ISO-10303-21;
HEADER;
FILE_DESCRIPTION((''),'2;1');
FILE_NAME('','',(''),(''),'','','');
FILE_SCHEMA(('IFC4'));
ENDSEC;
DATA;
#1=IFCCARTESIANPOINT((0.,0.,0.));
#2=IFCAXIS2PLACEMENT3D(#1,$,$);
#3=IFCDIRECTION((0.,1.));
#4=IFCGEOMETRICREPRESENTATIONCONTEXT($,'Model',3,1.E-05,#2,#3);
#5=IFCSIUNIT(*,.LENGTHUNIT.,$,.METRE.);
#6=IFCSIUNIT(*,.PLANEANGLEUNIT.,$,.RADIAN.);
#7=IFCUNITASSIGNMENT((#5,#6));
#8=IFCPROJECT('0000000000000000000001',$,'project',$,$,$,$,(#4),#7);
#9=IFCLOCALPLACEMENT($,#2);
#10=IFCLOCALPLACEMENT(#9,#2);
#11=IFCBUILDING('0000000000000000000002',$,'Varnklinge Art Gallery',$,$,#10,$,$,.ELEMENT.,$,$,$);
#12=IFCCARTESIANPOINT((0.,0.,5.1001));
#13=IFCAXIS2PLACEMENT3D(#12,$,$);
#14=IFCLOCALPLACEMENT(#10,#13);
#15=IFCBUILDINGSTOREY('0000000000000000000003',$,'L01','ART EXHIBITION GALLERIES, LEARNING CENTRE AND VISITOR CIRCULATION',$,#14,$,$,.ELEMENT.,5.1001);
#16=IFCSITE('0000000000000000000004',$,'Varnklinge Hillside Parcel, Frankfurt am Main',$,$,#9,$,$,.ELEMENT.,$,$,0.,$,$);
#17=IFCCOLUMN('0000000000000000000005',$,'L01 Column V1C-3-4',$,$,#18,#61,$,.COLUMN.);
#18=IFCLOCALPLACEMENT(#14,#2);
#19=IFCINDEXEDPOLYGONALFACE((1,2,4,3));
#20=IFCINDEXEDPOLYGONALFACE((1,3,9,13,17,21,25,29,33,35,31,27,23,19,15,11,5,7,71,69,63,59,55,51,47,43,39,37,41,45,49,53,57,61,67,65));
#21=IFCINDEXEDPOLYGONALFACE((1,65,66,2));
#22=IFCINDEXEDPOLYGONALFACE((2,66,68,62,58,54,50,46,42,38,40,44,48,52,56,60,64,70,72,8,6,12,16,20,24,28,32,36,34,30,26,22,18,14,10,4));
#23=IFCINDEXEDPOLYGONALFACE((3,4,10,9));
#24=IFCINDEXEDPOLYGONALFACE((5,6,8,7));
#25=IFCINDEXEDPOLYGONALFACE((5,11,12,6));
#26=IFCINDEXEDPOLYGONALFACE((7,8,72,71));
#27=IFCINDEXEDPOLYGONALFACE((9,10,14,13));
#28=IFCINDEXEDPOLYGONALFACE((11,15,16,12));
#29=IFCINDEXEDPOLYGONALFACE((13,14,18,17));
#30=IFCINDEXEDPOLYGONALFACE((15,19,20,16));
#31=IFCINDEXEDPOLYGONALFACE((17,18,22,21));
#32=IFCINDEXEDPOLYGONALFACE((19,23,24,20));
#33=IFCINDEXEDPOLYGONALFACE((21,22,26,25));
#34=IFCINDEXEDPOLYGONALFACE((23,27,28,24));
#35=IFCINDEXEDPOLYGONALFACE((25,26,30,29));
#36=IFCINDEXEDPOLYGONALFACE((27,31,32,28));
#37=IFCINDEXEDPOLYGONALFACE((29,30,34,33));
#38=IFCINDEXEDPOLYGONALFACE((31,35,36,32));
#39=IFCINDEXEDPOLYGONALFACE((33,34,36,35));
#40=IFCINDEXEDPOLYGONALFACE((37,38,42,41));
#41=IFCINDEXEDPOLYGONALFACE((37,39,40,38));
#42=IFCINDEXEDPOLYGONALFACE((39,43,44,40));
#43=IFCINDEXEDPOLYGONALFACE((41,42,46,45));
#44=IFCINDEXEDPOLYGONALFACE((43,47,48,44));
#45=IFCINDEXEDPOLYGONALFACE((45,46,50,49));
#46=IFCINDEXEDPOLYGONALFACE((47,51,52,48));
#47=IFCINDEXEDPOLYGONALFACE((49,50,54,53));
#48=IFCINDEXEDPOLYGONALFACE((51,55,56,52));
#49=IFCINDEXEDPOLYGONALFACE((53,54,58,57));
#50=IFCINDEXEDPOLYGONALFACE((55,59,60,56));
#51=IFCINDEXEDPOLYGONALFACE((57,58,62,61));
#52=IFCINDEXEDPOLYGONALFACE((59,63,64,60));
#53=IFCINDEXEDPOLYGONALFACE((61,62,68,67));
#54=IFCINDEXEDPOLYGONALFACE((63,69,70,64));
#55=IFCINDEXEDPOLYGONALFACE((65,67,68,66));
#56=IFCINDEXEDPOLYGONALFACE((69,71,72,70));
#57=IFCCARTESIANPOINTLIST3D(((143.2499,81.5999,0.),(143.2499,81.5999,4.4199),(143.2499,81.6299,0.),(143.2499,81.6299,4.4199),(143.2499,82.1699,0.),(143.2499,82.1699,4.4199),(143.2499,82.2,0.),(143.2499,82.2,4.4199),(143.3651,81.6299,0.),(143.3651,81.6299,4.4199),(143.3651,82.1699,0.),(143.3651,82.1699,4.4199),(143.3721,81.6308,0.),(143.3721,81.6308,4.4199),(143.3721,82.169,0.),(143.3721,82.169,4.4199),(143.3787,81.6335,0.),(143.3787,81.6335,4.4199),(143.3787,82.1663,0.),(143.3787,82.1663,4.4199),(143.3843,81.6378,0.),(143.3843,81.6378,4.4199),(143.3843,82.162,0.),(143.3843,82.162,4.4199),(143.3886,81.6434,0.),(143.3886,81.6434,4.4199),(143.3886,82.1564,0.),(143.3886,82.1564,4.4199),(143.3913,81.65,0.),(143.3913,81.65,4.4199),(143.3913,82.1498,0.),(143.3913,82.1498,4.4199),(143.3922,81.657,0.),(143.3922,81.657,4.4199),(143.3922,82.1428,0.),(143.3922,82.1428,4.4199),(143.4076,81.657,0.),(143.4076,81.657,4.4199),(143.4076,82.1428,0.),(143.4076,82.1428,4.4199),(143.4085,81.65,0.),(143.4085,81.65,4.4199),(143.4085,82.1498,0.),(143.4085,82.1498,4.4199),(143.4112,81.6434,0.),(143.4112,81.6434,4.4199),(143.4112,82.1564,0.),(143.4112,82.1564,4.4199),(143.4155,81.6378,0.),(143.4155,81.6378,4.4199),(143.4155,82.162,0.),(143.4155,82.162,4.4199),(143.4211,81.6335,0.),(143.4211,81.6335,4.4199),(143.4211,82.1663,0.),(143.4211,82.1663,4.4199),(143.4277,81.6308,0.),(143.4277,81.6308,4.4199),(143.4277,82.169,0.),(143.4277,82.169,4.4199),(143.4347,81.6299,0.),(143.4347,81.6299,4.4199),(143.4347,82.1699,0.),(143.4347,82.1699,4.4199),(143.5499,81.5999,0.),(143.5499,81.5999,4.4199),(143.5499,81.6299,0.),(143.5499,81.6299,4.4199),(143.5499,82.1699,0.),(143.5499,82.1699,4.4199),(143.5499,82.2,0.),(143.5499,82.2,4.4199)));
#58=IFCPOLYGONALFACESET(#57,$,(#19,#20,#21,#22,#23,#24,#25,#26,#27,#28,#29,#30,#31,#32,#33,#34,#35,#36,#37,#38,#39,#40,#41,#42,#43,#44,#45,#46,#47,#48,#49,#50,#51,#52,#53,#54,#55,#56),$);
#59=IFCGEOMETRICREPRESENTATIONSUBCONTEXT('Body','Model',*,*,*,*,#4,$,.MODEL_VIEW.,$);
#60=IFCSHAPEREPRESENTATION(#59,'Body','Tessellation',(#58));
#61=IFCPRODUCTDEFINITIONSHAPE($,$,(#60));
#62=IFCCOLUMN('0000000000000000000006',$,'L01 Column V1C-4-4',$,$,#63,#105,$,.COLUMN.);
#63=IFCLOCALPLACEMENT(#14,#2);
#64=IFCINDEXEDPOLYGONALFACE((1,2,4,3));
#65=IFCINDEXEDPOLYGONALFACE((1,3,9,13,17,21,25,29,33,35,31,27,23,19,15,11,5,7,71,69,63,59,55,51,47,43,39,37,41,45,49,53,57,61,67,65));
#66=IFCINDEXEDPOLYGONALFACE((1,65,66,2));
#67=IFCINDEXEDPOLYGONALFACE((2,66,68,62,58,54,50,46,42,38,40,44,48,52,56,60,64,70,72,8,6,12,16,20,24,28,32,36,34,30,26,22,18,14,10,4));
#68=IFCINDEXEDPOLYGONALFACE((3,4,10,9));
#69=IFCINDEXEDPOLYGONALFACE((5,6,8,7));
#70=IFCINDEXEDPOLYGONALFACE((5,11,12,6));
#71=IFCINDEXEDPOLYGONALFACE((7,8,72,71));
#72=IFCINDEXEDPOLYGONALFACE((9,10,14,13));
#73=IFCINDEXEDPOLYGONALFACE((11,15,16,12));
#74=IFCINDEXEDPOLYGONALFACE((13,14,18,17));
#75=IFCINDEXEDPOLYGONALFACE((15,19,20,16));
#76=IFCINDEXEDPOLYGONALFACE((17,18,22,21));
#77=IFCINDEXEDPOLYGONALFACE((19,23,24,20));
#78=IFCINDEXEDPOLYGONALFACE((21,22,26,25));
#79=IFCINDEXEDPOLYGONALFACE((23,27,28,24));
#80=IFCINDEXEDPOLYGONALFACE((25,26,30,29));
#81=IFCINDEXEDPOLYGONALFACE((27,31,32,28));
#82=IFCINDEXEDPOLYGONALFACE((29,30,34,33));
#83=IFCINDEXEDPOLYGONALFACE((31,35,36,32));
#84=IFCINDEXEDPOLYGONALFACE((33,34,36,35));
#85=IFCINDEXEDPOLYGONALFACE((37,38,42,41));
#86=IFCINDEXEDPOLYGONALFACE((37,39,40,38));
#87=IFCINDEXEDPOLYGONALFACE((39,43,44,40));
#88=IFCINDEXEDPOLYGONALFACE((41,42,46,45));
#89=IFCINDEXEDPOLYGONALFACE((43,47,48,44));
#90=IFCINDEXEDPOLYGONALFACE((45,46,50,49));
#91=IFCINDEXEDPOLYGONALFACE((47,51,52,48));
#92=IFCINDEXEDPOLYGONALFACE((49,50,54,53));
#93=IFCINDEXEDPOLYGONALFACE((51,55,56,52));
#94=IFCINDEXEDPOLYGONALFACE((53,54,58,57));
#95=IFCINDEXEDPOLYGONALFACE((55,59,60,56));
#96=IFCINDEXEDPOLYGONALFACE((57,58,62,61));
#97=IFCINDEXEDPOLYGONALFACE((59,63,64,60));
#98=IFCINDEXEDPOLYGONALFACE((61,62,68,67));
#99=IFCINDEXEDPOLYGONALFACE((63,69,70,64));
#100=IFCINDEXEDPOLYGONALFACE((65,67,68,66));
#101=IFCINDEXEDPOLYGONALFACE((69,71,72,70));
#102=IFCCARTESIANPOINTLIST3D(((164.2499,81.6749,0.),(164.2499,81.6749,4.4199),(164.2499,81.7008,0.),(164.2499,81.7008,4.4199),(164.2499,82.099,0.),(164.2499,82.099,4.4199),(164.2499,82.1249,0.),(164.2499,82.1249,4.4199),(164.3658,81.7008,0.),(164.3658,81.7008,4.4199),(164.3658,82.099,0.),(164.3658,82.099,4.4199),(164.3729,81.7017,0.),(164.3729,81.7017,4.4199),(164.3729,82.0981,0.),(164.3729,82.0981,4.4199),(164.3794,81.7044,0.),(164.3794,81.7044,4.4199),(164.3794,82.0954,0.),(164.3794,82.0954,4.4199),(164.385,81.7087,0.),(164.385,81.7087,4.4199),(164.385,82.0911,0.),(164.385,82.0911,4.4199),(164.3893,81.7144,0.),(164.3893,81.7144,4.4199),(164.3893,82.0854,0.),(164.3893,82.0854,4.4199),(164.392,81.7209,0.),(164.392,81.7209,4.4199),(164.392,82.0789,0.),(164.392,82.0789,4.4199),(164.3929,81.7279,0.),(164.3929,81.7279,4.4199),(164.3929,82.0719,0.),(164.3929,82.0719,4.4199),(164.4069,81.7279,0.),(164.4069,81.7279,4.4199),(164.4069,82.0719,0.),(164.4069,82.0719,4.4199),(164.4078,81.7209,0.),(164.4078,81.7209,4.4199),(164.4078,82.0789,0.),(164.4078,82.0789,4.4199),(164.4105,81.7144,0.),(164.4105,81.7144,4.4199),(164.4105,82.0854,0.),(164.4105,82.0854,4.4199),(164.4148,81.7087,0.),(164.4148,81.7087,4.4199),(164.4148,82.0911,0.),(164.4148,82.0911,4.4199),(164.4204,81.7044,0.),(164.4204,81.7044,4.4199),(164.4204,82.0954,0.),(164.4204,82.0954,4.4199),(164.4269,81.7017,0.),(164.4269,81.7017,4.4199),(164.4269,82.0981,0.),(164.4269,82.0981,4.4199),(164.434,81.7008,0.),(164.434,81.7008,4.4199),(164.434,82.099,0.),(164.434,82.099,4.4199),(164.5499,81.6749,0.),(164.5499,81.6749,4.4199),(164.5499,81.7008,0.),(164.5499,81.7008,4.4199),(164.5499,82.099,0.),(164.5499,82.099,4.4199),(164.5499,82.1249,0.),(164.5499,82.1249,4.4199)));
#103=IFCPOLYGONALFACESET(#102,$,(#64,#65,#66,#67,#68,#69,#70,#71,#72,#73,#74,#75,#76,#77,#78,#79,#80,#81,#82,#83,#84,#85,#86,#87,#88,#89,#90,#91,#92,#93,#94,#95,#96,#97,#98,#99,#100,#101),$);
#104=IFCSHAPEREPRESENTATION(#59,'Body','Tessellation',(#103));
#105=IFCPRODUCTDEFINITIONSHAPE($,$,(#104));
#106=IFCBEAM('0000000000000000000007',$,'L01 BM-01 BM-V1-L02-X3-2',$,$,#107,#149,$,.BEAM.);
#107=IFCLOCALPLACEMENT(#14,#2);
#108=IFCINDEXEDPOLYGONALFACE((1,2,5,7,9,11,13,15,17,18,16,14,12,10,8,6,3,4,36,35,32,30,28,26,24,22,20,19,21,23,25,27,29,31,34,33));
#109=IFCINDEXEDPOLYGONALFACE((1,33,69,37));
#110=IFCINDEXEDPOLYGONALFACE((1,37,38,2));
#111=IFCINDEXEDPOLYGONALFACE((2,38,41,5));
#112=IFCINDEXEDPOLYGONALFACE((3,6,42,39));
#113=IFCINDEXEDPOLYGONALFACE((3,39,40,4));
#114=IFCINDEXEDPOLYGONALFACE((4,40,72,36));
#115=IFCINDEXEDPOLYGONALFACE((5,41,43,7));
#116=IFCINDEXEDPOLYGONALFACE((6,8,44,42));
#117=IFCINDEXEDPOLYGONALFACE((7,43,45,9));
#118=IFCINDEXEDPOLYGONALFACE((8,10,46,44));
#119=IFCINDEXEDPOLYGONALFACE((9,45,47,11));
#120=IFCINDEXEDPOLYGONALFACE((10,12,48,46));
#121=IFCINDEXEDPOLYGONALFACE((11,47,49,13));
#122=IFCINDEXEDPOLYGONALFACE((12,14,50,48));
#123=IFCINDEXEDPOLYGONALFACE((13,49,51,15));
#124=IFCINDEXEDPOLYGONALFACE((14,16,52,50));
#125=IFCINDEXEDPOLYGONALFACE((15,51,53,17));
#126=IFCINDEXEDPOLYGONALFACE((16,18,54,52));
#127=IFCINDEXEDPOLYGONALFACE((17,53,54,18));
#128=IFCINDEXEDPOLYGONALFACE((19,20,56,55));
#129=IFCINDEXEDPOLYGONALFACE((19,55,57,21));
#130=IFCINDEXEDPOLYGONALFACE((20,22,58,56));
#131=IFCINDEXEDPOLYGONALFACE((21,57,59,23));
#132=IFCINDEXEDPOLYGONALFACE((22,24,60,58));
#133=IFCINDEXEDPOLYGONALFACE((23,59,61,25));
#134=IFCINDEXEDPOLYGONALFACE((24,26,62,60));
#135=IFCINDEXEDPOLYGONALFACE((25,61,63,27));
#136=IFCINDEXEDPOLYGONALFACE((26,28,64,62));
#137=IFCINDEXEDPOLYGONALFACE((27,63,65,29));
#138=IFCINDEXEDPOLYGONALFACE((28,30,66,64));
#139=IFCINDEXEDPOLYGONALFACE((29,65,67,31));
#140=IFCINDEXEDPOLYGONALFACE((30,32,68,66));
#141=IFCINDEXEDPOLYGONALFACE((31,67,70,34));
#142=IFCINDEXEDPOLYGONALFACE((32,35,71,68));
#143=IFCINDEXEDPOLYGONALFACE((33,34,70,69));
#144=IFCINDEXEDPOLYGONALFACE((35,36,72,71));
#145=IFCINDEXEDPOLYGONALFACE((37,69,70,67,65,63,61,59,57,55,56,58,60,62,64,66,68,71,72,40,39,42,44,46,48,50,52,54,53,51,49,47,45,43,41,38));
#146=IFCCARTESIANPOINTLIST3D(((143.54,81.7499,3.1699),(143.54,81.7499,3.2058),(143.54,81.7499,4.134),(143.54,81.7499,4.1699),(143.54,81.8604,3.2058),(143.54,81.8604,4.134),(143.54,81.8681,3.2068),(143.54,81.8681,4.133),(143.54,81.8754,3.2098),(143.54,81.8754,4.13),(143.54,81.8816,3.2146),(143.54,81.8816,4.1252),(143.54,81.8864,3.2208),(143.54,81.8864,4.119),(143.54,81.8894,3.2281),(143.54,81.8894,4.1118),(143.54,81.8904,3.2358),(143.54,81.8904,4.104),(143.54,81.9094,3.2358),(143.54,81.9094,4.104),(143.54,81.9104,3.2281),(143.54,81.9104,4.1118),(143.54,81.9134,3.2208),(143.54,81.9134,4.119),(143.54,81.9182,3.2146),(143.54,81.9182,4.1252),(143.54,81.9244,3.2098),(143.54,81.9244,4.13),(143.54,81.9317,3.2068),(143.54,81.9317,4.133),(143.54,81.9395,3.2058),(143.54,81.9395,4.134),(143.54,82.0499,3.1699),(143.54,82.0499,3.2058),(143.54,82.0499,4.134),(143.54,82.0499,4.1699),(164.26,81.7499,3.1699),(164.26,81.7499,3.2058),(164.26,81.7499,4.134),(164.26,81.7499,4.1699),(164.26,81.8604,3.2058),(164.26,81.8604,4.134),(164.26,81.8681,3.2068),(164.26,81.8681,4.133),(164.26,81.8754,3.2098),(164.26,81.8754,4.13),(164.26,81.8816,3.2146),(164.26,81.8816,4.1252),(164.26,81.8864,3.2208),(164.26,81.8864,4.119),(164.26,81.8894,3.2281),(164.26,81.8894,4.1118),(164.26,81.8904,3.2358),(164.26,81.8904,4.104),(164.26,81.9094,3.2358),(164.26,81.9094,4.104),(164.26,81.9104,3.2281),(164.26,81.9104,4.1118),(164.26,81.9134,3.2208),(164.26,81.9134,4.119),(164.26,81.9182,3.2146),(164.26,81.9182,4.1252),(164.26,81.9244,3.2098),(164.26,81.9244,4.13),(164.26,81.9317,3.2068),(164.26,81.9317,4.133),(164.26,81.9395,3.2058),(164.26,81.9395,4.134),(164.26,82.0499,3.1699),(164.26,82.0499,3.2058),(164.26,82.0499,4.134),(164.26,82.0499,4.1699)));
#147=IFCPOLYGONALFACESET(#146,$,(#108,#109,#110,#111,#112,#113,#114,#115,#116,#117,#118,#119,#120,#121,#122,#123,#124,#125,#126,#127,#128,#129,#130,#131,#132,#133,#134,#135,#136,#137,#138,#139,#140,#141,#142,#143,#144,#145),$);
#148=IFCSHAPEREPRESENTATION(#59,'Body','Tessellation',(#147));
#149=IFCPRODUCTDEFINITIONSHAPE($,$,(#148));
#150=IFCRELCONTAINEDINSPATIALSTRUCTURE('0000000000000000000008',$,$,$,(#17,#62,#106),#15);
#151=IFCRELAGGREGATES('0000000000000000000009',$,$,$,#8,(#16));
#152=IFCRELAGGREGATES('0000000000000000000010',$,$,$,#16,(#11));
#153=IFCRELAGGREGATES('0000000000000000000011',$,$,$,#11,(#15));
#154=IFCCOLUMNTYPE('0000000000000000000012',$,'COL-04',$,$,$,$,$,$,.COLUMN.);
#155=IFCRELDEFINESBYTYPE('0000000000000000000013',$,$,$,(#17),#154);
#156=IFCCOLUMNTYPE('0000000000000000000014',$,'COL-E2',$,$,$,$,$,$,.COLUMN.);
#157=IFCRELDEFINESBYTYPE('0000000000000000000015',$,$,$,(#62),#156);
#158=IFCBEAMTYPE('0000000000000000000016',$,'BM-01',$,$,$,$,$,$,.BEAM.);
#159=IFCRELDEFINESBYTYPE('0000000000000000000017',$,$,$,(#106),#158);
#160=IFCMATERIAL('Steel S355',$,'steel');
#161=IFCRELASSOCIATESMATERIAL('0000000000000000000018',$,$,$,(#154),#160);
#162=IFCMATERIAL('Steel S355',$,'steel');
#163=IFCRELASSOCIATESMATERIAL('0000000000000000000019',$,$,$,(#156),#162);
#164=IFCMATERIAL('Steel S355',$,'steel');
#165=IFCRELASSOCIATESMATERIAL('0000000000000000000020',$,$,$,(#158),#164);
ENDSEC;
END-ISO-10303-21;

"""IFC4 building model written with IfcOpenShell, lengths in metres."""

from ifc_helpers import new_model, si_unit, direction, frame, origin, origin_2d, place, context, subcontext, project, spatial, i_section, extrude, material, material_profile, profile_set, type_object, element, save


model = new_model("IFC4")

# Units and contexts
model_context = context("Model", 3, precision=1e-05, world=origin(), true_north=direction((0.0, 1.0)))
body_context = subcontext(model_context, "Body", "Model", "MODEL_VIEW")
ifc_project = project(units=[si_unit("LENGTHUNIT", "METRE"), si_unit("PLANEANGLEUNIT", "RADIAN")], contexts=[model_context])

# Site, building, storey
site_placement = place(None, origin())
site = spatial("IfcSite", under=ifc_project, at=site_placement, Name="Varnklinge Hillside Parcel, Frankfurt am Main", CompositionType="ELEMENT", RefElevation=0.0)
building_placement = place(site_placement, origin())
building = spatial("IfcBuilding", under=site, at=building_placement, Name="Varnklinge Art Gallery", CompositionType="ELEMENT")
storey_placement = place(building_placement, frame((0.0, 0.0, 5.1001)))
storey = spatial("IfcBuildingStorey", under=building, at=storey_placement, Name="L01", Description="ART EXHIBITION GALLERIES, LEARNING CENTRE AND VISITOR CIRCULATION", CompositionType="ELEMENT", Elevation=5.1001)

# Columns
ifc_material_1 = material(Name="Steel S355", Category="steel")
ifc_material_profile_1 = material_profile(ifc_material_1, i_section(OverallWidth=0.3, OverallDepth=0.6001, WebThickness=0.0154, FlangeThickness=0.03, FilletRadius=0.0271, at=origin_2d()), Name="HEB 600")
ifc_profile_set_1 = profile_set([ifc_material_profile_1], Name="Steel S355")
column_type_1 = type_object("IfcColumnType", Name="COL-04", PredefinedType="COLUMN", material=ifc_profile_set_1)
column_1_placement = place(storey_placement, frame((143.3999, 81.8999, 0.0), z_axis=(0.0, 0.0, 1.0), x_axis=(1.0, 0.0, 0.0)))
element("IfcColumn", 1, at=column_1_placement, inside=storey, type_object=column_type_1, Name="L01 Column V1C-3-4", PredefinedType="COLUMN", context=body_context, shape_type="SweptSolid", body=[
    extrude(i_section(OverallWidth=0.3, OverallDepth=0.6001, WebThickness=0.0154, FlangeThickness=0.03, FilletRadius=0.0271, at=origin_2d()), origin(), (0.0, 0.0, 1.0), 4.4199),
])
ifc_material_2 = material(Name="Steel S355", Category="steel")
ifc_material_profile_2 = material_profile(ifc_material_2, i_section(OverallWidth=0.3, OverallDepth=0.45, WebThickness=0.0139, FlangeThickness=0.0259, FilletRadius=0.0271, at=origin_2d()), Name="HEB 450")
ifc_profile_set_2 = profile_set([ifc_material_profile_2], Name="Steel S355")
column_type_2 = type_object("IfcColumnType", Name="COL-E2", PredefinedType="COLUMN", material=ifc_profile_set_2)
column_2_placement = place(storey_placement, frame((164.3999, 81.8999, 0.0), z_axis=(0.0, 0.0, 1.0), x_axis=(1.0, 0.0, 0.0)))
element("IfcColumn", 2, at=column_2_placement, inside=storey, type_object=column_type_2, Name="L01 Column V1C-4-4", PredefinedType="COLUMN", context=body_context, shape_type="SweptSolid", body=[
    extrude(i_section(OverallWidth=0.3, OverallDepth=0.45, WebThickness=0.0139, FlangeThickness=0.0259, FilletRadius=0.0271, at=origin_2d()), origin(), (0.0, 0.0, 1.0), 4.4199),
])

# Beam
ifc_material_3 = material(Name="Steel S355", Category="steel")
ifc_material_profile_3 = material_profile(ifc_material_3, i_section(OverallWidth=0.3, OverallDepth=1.0, WebThickness=0.019, FlangeThickness=0.0359, FilletRadius=0.03, at=origin_2d()), Name="HEB 1000")
ifc_profile_set_3 = profile_set([ifc_material_profile_3], Name="Steel S355")
beam_type_1 = type_object("IfcBeamType", Name="BM-01", PredefinedType="BEAM", material=ifc_profile_set_3)
beam_1_placement = place(storey_placement, frame((143.54, 81.8999, 3.6699), z_axis=(1.0, 0.0, 0.0), x_axis=(0.0, 1.0, 0.0)))
element("IfcBeam", 3, at=beam_1_placement, inside=storey, type_object=beam_type_1, Name="L01 BM-01 BM-V1-L02-X3-2", PredefinedType="BEAM", context=body_context, shape_type="SweptSolid", body=[
    extrude(i_section(OverallWidth=0.3, OverallDepth=1.0, WebThickness=0.019, FlangeThickness=0.0359, FilletRadius=0.03, at=origin_2d()), origin(), (0.0, 0.0, 1.0), 20.72),
])

save(model, "model.ifc")
